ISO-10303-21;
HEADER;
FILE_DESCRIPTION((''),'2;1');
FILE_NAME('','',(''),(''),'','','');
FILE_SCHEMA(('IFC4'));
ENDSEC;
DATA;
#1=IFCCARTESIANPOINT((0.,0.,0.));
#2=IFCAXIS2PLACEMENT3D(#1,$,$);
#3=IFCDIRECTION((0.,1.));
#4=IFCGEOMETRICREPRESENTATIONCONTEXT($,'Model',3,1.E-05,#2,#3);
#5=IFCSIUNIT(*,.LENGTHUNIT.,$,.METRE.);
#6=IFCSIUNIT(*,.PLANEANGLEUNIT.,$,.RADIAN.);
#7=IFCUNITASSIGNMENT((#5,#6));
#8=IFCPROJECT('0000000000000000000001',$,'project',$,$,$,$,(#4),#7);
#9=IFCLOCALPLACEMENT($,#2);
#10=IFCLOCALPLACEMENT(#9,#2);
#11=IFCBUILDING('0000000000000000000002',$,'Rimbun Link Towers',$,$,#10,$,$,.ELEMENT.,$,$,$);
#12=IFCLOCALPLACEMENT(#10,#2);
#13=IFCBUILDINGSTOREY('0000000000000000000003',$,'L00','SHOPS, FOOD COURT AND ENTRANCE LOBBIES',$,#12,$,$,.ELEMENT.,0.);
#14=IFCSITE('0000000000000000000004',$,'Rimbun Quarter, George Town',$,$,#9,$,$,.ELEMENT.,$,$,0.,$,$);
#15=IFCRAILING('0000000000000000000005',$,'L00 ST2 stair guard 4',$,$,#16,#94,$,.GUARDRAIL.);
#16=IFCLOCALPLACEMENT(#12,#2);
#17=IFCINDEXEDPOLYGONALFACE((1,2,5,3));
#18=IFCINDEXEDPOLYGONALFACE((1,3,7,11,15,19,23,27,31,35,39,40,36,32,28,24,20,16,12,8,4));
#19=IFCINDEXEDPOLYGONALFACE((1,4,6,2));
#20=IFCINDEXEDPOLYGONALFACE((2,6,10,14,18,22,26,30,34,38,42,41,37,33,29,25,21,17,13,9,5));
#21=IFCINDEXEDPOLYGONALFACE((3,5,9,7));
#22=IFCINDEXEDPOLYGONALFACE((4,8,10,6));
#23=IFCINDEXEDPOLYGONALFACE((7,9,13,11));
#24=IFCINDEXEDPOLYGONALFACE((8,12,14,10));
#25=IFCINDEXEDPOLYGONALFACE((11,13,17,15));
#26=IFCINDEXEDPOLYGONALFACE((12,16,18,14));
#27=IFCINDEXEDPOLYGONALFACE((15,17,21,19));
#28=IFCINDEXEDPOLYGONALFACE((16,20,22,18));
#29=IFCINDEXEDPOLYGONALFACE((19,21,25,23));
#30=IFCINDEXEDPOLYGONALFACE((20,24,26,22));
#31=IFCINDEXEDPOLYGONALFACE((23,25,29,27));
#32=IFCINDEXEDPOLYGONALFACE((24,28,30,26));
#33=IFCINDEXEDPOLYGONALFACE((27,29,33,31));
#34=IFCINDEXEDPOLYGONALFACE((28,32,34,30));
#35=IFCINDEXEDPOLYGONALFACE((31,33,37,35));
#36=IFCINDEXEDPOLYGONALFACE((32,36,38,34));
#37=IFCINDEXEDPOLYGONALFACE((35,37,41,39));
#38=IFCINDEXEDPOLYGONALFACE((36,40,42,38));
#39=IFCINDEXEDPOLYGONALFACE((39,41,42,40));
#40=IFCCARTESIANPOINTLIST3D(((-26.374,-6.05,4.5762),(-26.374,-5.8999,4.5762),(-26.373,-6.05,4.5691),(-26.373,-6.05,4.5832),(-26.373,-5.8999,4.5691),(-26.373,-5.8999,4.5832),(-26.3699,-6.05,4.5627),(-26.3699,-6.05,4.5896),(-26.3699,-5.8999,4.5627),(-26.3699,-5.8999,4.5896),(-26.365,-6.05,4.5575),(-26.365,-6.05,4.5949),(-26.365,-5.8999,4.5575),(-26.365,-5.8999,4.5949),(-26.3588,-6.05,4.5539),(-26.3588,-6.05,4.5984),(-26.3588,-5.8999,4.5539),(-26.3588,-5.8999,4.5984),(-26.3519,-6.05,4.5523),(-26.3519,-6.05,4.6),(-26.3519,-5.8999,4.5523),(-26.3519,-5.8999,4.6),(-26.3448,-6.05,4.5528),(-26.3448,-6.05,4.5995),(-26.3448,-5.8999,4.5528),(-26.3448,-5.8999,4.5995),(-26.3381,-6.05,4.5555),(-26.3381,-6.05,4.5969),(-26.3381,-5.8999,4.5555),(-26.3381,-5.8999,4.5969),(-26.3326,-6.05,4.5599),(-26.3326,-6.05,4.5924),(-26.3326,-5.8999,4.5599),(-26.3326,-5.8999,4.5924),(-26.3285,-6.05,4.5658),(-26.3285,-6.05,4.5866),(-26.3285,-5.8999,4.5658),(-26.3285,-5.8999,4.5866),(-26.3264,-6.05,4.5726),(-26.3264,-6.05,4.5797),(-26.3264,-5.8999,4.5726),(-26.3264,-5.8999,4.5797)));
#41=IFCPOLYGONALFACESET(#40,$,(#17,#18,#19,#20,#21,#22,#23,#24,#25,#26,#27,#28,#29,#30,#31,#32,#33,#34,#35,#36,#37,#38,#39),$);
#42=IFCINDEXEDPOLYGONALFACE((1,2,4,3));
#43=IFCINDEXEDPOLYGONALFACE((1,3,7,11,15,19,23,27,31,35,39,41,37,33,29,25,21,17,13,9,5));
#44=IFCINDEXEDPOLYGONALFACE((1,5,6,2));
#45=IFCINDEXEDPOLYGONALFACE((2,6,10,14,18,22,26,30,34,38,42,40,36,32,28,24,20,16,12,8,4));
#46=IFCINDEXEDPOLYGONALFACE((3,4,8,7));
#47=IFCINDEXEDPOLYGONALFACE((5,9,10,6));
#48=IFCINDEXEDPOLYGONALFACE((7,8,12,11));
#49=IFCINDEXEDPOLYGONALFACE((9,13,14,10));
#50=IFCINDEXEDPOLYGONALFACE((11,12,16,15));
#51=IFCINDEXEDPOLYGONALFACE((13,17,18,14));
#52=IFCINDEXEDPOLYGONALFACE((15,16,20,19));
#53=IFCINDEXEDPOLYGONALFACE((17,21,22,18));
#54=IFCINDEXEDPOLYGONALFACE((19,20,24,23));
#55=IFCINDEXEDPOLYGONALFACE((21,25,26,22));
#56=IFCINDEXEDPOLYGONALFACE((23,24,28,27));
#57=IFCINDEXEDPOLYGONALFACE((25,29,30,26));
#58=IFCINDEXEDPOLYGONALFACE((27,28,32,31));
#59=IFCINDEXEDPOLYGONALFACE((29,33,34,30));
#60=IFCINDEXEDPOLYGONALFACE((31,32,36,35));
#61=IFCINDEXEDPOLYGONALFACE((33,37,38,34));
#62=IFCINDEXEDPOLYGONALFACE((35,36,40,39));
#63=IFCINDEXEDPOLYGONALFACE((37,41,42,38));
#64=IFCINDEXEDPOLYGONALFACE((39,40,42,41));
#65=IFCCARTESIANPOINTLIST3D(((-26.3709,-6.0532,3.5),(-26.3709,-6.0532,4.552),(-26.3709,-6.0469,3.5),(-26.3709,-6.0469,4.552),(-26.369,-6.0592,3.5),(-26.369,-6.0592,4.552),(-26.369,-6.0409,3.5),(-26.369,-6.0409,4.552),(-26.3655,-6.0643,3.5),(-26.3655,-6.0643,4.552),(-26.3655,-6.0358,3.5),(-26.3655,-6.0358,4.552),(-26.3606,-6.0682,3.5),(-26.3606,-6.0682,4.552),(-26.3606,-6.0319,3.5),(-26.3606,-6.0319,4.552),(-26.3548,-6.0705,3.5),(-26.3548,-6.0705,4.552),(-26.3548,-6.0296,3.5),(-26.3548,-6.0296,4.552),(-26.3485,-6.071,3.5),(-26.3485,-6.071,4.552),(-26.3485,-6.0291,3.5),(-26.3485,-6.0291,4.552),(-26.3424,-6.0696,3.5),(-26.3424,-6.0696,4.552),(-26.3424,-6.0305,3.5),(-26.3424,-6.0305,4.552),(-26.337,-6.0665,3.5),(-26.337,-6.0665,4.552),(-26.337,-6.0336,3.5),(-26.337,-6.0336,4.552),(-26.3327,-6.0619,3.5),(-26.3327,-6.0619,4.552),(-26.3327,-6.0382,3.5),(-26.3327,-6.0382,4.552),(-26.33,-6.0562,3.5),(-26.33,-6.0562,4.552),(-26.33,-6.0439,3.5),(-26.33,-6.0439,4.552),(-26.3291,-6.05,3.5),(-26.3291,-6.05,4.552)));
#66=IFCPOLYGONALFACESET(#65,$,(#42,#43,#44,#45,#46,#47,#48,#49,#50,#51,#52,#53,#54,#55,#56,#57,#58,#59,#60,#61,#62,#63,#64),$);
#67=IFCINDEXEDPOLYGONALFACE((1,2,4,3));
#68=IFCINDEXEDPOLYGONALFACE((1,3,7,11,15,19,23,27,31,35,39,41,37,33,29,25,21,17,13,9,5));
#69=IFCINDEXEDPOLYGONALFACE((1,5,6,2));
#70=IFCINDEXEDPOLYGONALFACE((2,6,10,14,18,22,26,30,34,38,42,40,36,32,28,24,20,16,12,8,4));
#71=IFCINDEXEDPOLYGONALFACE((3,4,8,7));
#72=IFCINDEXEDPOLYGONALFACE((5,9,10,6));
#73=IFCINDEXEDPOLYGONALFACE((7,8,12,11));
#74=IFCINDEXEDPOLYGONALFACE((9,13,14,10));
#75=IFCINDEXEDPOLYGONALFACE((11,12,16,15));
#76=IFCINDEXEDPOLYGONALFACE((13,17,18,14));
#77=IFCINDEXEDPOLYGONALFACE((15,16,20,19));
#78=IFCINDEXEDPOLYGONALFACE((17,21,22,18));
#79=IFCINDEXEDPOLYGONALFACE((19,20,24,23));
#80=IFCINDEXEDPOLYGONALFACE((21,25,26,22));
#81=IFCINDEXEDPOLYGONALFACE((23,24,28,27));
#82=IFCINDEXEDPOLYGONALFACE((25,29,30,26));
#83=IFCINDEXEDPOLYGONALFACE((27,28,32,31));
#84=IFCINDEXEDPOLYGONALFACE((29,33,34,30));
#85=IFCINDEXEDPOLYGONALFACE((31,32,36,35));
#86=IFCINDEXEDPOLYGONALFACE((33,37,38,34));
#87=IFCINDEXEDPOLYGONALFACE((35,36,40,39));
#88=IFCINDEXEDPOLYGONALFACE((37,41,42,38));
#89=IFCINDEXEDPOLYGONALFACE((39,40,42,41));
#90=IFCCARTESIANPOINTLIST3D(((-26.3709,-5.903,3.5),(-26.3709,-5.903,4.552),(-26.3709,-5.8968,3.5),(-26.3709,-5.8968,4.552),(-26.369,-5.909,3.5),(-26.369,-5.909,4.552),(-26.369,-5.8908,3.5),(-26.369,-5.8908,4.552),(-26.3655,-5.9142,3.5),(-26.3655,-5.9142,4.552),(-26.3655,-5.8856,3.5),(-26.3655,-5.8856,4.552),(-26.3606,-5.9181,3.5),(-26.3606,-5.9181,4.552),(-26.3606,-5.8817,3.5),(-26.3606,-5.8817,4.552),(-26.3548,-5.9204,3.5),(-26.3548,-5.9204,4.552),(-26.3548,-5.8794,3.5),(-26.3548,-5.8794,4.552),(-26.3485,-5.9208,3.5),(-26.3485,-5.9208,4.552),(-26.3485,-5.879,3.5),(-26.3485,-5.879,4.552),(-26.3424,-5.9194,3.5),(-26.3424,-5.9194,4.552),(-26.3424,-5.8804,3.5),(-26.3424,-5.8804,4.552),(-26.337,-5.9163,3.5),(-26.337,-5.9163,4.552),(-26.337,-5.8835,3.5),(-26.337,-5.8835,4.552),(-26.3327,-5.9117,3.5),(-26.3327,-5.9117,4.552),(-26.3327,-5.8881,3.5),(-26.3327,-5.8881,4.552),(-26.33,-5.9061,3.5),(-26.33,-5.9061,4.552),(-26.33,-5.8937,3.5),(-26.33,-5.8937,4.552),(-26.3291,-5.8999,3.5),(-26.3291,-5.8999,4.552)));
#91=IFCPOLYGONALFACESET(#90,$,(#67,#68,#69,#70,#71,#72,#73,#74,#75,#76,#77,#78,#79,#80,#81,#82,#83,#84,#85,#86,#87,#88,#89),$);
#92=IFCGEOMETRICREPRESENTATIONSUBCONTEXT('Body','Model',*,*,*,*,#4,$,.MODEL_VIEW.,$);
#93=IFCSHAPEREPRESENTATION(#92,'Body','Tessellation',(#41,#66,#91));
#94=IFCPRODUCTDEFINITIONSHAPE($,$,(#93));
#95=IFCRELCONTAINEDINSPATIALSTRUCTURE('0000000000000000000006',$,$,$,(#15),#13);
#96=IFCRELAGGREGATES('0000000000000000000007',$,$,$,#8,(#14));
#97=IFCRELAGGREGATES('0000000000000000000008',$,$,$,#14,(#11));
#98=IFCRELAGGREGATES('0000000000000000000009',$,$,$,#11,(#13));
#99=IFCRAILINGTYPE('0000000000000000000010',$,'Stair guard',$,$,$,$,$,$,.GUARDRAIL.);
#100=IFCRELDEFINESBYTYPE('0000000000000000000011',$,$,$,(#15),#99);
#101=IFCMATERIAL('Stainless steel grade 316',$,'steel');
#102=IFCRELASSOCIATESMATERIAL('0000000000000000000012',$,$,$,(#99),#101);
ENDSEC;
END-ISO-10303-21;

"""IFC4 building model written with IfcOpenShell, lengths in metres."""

from ifc_helpers import new_model, si_unit, direction, frame, origin, origin_2d, place, context, subcontext, project, spatial, circle, extrude, material, type_object, element, save


model = new_model("IFC4")

# Units and contexts
model_context = context("Model", 3, precision=1e-05, world=origin(), true_north=direction((0.0, 1.0)))
body_context = subcontext(model_context, "Body", "Model", "MODEL_VIEW")
ifc_project = project(units=[si_unit("LENGTHUNIT", "METRE"), si_unit("PLANEANGLEUNIT", "RADIAN")], contexts=[model_context])

# Site, building, storey
site_placement = place(None, origin())
site = spatial("IfcSite", under=ifc_project, at=site_placement, Name="Rimbun Quarter, George Town", CompositionType="ELEMENT", RefElevation=0.0)
building_placement = place(site_placement, origin())
building = spatial("IfcBuilding", under=site, at=building_placement, Name="Rimbun Link Towers", CompositionType="ELEMENT")
storey_placement = place(building_placement, origin())
storey = spatial("IfcBuildingStorey", under=building, at=storey_placement, Name="L00", Description="SHOPS, FOOD COURT AND ENTRANCE LOBBIES", CompositionType="ELEMENT", Elevation=0.0)

# Railing
ifc_material_1 = material(Name="Stainless steel grade 316", Category="steel")
railing_type_1 = type_object("IfcRailingType", Name="Stair guard", PredefinedType="GUARDRAIL", material=ifc_material_1)
railing_1_placement = place(storey_placement, frame((-26.3501, -6.05, 3.5)))
element("IfcRailing", 1, at=railing_1_placement, inside=storey, type_object=railing_type_1, Name="L00 ST2 stair guard 4", PredefinedType="GUARDRAIL", context=body_context, shape_type="SweptSolid", body=[
    extrude(circle(Radius=0.0239, at=origin_2d()), frame((0.0, 0.0, 1.0762), z_axis=(0.0, 1.0, 0.0), x_axis=(-1.0, 0.0, 0.0)), (0.0, 0.0, 1.0), 0.1501),
    extrude(circle(Radius=0.021, at=origin_2d()), origin(), (0.0, 0.0, 1.0), 1.052),
    extrude(circle(Radius=0.021, at=origin_2d()), frame((0.0, 0.1501, 0.0)), (0.0, 0.0, 1.0), 1.052),
])

save(model, "model.ifc")
